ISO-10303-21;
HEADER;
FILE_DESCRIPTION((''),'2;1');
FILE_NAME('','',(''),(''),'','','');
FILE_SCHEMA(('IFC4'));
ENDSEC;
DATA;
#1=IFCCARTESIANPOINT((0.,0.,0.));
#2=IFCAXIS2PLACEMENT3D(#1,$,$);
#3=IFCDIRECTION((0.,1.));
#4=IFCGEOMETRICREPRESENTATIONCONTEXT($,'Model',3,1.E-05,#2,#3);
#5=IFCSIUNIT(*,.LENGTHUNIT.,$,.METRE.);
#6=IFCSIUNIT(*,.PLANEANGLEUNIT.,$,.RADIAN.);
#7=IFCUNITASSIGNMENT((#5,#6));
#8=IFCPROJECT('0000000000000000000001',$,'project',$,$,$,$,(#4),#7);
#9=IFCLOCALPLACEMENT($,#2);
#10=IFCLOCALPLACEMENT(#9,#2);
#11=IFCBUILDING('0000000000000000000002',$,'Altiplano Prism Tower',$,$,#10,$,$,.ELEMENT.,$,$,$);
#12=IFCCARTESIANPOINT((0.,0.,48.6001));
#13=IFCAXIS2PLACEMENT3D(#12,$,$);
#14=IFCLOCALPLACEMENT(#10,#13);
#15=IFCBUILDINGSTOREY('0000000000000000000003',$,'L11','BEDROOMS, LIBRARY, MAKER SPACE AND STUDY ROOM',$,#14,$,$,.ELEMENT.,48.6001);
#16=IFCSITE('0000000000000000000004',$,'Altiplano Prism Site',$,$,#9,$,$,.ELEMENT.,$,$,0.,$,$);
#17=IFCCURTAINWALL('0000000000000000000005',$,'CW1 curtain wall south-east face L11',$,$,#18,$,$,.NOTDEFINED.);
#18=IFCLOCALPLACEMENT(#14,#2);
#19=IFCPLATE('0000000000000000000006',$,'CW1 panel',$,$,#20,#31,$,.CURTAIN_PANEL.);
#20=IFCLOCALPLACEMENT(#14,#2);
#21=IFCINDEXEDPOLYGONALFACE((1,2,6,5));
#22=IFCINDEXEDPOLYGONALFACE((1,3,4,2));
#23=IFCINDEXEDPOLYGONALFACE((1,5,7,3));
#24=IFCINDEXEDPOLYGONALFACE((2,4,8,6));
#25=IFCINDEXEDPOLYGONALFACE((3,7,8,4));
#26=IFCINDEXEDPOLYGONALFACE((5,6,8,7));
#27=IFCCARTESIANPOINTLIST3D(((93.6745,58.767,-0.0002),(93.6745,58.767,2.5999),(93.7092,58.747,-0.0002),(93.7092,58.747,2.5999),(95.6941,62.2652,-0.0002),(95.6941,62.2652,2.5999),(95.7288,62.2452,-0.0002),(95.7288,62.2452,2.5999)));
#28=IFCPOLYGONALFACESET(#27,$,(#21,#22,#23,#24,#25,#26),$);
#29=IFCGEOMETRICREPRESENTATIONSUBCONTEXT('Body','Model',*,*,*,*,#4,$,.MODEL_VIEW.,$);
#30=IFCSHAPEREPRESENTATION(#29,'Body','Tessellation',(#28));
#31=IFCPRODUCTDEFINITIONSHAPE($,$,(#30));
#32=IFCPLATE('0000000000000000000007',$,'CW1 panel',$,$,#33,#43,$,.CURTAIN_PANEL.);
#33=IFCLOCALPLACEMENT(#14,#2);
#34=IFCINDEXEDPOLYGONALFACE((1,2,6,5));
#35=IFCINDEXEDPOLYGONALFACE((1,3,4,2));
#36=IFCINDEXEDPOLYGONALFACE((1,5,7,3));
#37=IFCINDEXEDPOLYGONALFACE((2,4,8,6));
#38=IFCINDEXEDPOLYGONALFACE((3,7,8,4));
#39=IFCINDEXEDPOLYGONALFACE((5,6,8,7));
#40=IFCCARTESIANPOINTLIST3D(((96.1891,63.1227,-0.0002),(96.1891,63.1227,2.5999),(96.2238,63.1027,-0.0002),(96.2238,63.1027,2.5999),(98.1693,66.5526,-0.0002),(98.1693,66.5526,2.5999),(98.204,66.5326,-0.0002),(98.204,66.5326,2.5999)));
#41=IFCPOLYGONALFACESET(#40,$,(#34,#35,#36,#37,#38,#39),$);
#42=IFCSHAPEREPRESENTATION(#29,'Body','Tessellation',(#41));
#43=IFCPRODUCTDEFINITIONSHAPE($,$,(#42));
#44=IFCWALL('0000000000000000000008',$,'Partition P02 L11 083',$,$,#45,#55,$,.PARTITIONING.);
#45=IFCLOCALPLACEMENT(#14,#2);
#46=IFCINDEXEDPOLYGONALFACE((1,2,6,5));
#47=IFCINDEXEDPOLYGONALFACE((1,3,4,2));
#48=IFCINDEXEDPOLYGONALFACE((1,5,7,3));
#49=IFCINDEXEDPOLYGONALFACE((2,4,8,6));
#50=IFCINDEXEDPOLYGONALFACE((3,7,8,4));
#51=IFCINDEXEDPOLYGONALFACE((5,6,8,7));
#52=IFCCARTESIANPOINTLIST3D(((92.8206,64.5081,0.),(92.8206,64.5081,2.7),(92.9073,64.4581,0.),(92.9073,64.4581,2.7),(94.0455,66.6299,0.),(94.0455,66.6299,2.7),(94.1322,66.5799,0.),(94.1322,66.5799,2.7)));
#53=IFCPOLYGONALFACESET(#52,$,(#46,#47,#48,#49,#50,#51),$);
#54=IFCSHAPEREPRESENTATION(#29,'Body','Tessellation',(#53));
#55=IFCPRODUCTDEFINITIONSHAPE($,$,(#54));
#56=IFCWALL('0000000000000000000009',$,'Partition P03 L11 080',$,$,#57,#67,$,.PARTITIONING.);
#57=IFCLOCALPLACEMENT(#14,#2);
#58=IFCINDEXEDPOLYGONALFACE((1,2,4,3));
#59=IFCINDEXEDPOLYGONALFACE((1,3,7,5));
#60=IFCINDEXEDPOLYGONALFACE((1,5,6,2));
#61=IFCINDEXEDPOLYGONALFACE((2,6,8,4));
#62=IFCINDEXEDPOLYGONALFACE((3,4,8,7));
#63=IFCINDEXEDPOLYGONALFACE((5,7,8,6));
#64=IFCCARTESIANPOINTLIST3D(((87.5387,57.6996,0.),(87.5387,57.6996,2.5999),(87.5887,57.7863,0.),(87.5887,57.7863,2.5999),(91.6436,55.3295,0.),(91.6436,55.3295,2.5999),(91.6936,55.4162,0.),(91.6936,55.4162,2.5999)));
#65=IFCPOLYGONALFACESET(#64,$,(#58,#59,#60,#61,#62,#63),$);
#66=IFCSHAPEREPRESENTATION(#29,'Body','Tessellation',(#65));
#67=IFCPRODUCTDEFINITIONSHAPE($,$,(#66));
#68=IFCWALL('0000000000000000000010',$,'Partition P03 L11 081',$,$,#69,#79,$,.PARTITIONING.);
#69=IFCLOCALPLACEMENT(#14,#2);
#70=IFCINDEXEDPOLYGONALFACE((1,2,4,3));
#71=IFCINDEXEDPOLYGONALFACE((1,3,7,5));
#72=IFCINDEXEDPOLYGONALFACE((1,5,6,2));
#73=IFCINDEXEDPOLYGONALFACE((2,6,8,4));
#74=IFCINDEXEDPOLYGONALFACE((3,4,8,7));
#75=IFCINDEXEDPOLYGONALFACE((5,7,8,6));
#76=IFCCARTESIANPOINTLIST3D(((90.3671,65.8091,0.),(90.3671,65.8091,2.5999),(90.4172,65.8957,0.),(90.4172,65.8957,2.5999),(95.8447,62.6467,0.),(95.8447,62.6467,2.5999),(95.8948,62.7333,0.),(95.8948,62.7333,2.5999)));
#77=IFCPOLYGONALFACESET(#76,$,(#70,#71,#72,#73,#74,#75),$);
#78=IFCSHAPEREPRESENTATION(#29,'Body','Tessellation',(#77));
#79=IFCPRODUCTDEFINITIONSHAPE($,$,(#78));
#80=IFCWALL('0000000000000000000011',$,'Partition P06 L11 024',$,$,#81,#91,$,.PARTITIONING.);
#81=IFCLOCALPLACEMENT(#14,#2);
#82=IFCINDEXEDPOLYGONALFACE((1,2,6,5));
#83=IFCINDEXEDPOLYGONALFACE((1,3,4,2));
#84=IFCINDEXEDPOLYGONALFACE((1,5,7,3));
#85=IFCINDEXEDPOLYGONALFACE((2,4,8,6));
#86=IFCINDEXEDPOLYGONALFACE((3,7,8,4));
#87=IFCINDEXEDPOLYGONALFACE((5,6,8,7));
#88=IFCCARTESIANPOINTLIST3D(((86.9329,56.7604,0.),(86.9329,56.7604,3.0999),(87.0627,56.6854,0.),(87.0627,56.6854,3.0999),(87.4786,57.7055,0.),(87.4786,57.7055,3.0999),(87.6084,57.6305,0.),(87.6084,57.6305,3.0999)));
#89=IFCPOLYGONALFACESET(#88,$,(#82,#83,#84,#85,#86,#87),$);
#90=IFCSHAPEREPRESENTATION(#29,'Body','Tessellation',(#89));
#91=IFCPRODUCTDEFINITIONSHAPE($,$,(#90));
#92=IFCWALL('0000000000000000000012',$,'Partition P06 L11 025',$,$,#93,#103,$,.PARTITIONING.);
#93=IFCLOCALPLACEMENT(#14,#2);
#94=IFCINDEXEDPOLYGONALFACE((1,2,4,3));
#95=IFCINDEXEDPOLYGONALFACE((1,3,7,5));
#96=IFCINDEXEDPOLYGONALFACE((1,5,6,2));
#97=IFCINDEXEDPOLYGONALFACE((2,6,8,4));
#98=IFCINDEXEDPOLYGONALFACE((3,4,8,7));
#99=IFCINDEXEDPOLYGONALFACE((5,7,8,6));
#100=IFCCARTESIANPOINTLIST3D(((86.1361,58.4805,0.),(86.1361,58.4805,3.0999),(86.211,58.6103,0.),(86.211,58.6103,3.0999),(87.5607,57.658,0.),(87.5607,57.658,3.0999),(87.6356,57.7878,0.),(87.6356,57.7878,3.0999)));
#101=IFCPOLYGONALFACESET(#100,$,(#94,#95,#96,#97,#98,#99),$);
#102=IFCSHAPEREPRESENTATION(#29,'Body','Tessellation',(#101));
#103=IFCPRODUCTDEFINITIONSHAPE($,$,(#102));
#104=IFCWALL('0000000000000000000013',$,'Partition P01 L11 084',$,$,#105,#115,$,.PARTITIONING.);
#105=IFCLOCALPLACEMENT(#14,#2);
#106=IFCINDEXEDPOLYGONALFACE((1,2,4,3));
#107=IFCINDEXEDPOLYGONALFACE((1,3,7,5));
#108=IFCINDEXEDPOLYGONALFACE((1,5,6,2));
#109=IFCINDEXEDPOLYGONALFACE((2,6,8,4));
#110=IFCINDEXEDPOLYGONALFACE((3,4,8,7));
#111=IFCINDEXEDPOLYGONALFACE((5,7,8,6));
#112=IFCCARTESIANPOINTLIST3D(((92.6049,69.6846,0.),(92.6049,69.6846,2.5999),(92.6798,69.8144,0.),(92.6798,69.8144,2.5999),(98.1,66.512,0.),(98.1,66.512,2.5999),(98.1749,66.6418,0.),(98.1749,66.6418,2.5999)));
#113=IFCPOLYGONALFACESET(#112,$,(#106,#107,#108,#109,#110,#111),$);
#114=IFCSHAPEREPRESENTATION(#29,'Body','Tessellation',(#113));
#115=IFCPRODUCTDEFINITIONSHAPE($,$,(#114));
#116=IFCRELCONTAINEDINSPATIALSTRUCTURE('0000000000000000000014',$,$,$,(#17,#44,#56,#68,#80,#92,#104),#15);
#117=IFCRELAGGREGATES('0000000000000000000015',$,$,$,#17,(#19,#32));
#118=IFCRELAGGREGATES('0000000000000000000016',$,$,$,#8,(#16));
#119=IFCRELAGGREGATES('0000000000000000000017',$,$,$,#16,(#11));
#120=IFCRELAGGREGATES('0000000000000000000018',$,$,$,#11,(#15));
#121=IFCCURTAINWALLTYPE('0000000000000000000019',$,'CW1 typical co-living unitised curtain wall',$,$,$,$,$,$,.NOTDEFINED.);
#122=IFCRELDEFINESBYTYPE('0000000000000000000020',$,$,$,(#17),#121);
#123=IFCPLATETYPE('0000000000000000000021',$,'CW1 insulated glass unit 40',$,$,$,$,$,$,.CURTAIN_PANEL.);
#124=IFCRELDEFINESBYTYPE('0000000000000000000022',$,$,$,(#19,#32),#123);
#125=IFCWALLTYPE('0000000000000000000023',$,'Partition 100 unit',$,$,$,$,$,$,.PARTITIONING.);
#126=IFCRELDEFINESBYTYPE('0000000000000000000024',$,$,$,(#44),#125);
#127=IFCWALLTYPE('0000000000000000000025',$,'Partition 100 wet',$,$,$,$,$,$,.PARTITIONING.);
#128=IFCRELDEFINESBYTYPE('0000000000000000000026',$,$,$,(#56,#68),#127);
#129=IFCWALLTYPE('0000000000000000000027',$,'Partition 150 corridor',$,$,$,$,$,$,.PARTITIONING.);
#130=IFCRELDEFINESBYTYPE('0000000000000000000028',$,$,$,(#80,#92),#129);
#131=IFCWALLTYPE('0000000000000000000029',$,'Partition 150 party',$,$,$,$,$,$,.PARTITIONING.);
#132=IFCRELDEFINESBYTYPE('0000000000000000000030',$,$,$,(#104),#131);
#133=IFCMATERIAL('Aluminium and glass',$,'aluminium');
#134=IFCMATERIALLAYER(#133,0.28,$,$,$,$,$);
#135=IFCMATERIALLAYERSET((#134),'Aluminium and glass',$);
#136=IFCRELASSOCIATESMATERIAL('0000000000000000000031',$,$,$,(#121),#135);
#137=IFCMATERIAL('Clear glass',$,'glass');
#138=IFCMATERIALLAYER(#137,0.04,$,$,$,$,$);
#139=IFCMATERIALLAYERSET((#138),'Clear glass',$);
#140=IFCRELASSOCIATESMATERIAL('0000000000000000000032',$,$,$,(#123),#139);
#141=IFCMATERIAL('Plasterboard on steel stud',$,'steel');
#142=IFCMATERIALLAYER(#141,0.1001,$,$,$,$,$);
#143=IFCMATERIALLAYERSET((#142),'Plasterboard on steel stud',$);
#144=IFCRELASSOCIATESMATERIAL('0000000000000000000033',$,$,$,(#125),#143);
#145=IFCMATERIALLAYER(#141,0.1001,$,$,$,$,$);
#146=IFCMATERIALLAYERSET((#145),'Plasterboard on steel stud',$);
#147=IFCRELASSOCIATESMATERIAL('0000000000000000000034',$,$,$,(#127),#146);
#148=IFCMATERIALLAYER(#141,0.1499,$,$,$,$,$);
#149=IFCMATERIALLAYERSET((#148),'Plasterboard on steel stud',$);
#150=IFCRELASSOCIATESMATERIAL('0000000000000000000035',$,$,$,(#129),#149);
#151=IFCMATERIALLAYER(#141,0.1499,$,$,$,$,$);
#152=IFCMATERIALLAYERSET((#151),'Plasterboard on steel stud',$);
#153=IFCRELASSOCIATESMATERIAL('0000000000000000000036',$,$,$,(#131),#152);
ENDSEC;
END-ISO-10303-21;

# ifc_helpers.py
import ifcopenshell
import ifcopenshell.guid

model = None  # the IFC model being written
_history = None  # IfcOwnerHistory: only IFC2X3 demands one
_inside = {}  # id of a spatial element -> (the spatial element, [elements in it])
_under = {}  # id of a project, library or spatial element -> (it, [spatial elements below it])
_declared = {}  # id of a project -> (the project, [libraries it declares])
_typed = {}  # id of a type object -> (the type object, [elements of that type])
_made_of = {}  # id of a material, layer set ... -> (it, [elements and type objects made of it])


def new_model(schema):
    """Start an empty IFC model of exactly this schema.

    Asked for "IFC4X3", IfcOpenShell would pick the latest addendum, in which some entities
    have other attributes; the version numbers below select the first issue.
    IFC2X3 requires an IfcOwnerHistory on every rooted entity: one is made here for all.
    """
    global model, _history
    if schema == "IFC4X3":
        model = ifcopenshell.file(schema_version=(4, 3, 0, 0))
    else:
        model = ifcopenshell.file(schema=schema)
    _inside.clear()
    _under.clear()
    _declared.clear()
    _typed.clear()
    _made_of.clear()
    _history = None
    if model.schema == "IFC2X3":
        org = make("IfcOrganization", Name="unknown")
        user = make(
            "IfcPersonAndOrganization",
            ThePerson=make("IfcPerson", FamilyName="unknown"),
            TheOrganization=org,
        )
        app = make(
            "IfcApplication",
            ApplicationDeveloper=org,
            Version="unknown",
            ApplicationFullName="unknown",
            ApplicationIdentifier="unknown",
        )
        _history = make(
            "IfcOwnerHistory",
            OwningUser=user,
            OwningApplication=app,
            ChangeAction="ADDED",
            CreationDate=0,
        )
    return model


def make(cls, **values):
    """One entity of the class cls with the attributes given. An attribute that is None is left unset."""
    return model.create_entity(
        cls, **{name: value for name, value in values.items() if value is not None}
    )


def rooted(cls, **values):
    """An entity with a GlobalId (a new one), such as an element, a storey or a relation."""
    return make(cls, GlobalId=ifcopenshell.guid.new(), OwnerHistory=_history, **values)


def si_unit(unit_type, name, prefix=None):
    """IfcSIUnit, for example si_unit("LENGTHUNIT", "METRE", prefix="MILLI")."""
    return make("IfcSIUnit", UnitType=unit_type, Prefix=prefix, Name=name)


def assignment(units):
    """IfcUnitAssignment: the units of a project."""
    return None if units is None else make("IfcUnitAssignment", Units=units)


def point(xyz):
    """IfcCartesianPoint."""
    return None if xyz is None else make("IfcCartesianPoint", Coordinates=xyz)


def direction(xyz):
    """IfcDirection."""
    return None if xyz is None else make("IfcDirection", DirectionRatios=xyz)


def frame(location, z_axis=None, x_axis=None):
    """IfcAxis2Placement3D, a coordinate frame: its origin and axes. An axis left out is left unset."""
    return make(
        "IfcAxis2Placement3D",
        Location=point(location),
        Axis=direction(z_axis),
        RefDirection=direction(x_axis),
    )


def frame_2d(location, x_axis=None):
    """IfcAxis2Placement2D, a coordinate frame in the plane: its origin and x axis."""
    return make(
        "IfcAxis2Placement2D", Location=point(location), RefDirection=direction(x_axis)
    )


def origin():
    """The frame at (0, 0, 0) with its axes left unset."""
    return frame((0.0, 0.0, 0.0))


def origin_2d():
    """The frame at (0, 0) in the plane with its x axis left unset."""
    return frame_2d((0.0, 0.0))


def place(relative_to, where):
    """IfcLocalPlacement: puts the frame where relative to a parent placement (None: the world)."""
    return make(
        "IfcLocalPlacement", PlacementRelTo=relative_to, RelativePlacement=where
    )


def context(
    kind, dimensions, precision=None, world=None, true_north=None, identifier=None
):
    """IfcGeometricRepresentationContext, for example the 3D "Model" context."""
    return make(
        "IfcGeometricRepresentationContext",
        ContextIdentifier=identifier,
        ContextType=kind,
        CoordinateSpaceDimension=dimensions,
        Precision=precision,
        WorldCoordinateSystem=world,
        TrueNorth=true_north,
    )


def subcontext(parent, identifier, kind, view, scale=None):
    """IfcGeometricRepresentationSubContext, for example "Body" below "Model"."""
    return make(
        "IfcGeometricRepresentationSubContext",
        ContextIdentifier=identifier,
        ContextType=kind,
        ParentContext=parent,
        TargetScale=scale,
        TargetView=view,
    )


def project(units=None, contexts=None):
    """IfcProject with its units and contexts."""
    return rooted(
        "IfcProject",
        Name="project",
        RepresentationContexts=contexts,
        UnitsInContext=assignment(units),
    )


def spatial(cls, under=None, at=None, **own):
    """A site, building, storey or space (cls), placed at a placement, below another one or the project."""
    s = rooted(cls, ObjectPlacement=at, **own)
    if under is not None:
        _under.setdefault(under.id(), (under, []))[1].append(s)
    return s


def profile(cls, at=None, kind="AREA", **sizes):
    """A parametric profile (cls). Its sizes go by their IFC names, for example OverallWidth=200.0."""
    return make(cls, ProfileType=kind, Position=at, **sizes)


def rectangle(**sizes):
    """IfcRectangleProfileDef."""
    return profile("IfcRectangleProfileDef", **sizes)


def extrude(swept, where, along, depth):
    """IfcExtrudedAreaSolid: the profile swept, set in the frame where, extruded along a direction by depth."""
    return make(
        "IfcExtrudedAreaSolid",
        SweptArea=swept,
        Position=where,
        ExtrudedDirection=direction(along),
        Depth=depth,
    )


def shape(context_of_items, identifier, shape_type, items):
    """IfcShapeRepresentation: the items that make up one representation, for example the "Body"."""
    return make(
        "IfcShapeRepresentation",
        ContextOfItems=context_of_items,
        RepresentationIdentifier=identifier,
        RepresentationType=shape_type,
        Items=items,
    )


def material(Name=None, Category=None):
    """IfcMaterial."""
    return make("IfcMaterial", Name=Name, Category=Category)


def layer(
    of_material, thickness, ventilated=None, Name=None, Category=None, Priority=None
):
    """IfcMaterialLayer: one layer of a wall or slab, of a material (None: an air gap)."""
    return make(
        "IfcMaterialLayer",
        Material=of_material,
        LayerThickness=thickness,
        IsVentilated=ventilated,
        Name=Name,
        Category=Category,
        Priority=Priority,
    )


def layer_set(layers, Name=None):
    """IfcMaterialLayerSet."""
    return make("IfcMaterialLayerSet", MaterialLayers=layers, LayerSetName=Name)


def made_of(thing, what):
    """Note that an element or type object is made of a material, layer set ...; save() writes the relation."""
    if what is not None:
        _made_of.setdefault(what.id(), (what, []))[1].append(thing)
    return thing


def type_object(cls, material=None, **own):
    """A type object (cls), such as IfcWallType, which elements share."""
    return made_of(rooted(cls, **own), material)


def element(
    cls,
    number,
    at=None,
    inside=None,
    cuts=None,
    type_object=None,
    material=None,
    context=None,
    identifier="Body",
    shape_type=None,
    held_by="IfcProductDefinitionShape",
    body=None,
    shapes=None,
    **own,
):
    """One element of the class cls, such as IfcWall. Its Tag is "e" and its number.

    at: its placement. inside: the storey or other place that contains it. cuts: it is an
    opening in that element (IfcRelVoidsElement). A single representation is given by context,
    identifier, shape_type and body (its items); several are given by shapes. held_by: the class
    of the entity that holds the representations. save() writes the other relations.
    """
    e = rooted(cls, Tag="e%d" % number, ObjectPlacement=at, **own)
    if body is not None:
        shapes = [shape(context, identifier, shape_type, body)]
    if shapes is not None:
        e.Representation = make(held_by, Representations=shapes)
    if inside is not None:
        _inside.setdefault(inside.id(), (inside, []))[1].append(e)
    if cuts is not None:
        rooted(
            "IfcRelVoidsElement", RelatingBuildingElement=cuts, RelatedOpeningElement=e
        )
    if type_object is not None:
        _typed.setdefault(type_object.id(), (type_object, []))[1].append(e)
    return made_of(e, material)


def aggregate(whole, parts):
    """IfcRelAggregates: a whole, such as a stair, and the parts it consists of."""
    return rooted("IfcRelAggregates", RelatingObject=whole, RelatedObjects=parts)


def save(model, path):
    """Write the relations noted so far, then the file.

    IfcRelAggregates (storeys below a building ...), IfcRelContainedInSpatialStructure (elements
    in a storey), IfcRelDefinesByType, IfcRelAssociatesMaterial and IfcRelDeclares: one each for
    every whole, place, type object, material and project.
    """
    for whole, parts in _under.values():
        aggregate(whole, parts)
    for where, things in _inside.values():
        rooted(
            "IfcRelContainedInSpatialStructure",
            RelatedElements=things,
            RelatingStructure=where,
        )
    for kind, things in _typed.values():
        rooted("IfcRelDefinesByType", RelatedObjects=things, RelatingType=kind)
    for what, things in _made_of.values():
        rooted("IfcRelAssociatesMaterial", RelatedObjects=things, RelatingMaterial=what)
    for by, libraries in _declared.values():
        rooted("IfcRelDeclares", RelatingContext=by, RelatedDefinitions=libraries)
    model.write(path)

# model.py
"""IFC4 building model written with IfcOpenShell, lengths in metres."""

from ifc_helpers import new_model, si_unit, direction, frame, frame_2d, origin, origin_2d, place, context, subcontext, project, spatial, rectangle, extrude, material, layer, layer_set, type_object, element, aggregate, save


model = new_model("IFC4")

# Units and contexts
model_context = context("Model", 3, precision=1e-05, world=origin(), true_north=direction((0.0, 1.0)))
body_context = subcontext(model_context, "Body", "Model", "MODEL_VIEW")
ifc_project = project(units=[si_unit("LENGTHUNIT", "METRE"), si_unit("PLANEANGLEUNIT", "RADIAN")], contexts=[model_context])

# Site, building, storey
site_placement = place(None, origin())
site = spatial("IfcSite", under=ifc_project, at=site_placement, Name="Altiplano Prism Site", CompositionType="ELEMENT", RefElevation=0.0)
building_placement = place(site_placement, origin())
building = spatial("IfcBuilding", under=site, at=building_placement, Name="Altiplano Prism Tower", CompositionType="ELEMENT")
storey_placement = place(building_placement, frame((0.0, 0.0, 48.6001)))
storey = spatial("IfcBuildingStorey", under=building, at=storey_placement, Name="L11", Description="BEDROOMS, LIBRARY, MAKER SPACE AND STUDY ROOM", CompositionType="ELEMENT", Elevation=48.6001)

# Curtain wall
ifc_material_1 = material(Name="Aluminium and glass", Category="aluminium")
ifc_layer_1 = layer(ifc_material_1, 0.28)
ifc_layer_set_1 = layer_set([ifc_layer_1], Name="Aluminium and glass")
curtain_wall_type = type_object("IfcCurtainWallType", Name="CW1 typical co-living unitised curtain wall", PredefinedType="NOTDEFINED", material=ifc_layer_set_1)
curtain_wall_1_placement = place(storey_placement, origin())
curtain_wall_1 = element("IfcCurtainWall", 1, at=curtain_wall_1_placement, inside=storey, type_object=curtain_wall_type, Name="CW1 curtain wall south-east face L11", PredefinedType="NOTDEFINED")

# Plates
ifc_material_2 = material(Name="Clear glass", Category="glass")
ifc_layer_2 = layer(ifc_material_2, 0.04)
ifc_layer_set_2 = layer_set([ifc_layer_2], Name="Clear glass")
plate_type = type_object("IfcPlateType", Name="CW1 insulated glass unit 40", PredefinedType="CURTAIN_PANEL", material=ifc_layer_set_2)
plate_1_placement = place(storey_placement, frame((94.7017, 60.5061, -0.0002), z_axis=(0.0, 0.0, 1.0), x_axis=(0.5, 0.866025, 0.0)))
plate_1 = element("IfcPlate", 2, at=plate_1_placement, type_object=plate_type, Name="CW1 panel", PredefinedType="CURTAIN_PANEL", context=body_context, shape_type="SweptSolid", body=[
    extrude(rectangle(XDim=4.0393, YDim=0.04, at=origin_2d()), origin(), (0.0, 0.0, 1.0), 2.6001),
])
plate_2_placement = place(storey_placement, frame((97.1965, 64.8276, -0.0002), z_axis=(0.0, 0.0, 1.0), x_axis=(0.5, 0.866025, 0.0)))
plate_2 = element("IfcPlate", 3, at=plate_2_placement, type_object=plate_type, Name="CW1 panel", PredefinedType="CURTAIN_PANEL", context=body_context, shape_type="SweptSolid", body=[
    extrude(rectangle(XDim=3.9604, YDim=0.04, at=origin_2d()), origin(), (0.0, 0.0, 1.0), 2.6001),
])
aggregate(curtain_wall_1, [plate_1, plate_2])

# Walls
ifc_material_3 = material(Name="Plasterboard on steel stud", Category="steel")
ifc_layer_3 = layer(ifc_material_3, 0.1001)
ifc_layer_set_3 = layer_set([ifc_layer_3], Name="Plasterboard on steel stud")
wall_type_1 = type_object("IfcWallType", Name="Partition 100 unit", PredefinedType="PARTITIONING", material=ifc_layer_set_3)
wall_1_placement = place(storey_placement, frame((94.0889, 66.605, 0.0), z_axis=(0.0, 0.0, 1.0), x_axis=(-0.499944, -0.866058, 0.0)))
element("IfcWall", 4, at=wall_1_placement, inside=storey, type_object=wall_type_1, Name="Partition P02 L11 083", PredefinedType="PARTITIONING", context=body_context, shape_type="SweptSolid", body=[
    extrude(rectangle(XDim=2.45, YDim=0.1001, at=frame_2d((1.2251, 0.0))), origin(), (0.0, 0.0, 1.0), 2.7),
])
ifc_layer_4 = layer(ifc_material_3, 0.1001)
ifc_layer_set_4 = layer_set([ifc_layer_4], Name="Plasterboard on steel stud")
wall_type_2 = type_object("IfcWallType", Name="Partition 100 wet", PredefinedType="PARTITIONING", material=ifc_layer_set_4)
wall_2_placement = place(storey_placement, frame((91.6687, 55.3728, 0.0), z_axis=(0.0, 0.0, 1.0), x_axis=(-0.866016, 0.500017, 0.0)))
element("IfcWall", 5, at=wall_2_placement, inside=storey, type_object=wall_type_2, Name="Partition P03 L11 080", PredefinedType="PARTITIONING", context=body_context, shape_type="SweptSolid", body=[
    extrude(rectangle(XDim=4.74, YDim=0.1001, at=frame_2d((2.3701, 0.0))), origin(), (0.0, 0.0, 1.0), 2.5999),
])
wall_3_placement = place(storey_placement, frame((95.8699, 62.6899, 0.0), z_axis=(0.0, 0.0, 1.0), x_axis=(-0.866033, 0.499988, 0.0)))
element("IfcWall", 6, at=wall_3_placement, inside=storey, type_object=wall_type_2, Name="Partition P03 L11 081", PredefinedType="PARTITIONING", context=body_context, shape_type="SweptSolid", body=[
    extrude(rectangle(XDim=6.325, YDim=0.1001, at=frame_2d((3.1626, 0.0))), origin(), (0.0, 0.0, 1.0), 2.5999),
])
ifc_layer_5 = layer(ifc_material_3, 0.1499)
ifc_layer_set_5 = layer_set([ifc_layer_5], Name="Plasterboard on steel stud")
wall_type_3 = type_object("IfcWallType", Name="Partition 150 corridor", PredefinedType="PARTITIONING", material=ifc_layer_set_5)
wall_4_placement = place(storey_placement, frame((86.9978, 56.7229, 0.0), z_axis=(0.0, 0.0, 1.0), x_axis=(0.500013, 0.866018, 0.0)))
element("IfcWall", 7, at=wall_4_placement, inside=storey, type_object=wall_type_3, Name="Partition P06 L11 024", PredefinedType="PARTITIONING", context=body_context, shape_type="SweptSolid", body=[
    extrude(rectangle(XDim=1.0913, YDim=0.1499, at=frame_2d((0.5457, 0.0))), origin(), (0.0, 0.0, 1.0), 3.0999),
])
wall_5_placement = place(storey_placement, frame((87.5981, 57.7229, 0.0), z_axis=(0.0, 0.0, 1.0), x_axis=(-0.866015, 0.500018, 0.0)))
element("IfcWall", 8, at=wall_5_placement, inside=storey, type_object=wall_type_3, Name="Partition P06 L11 025", PredefinedType="PARTITIONING", context=body_context, shape_type="SweptSolid", body=[
    extrude(rectangle(XDim=1.645, YDim=0.1499, at=frame_2d((0.8225, 0.0))), origin(), (0.0, 0.0, 1.0), 3.0999),
])
ifc_layer_6 = layer(ifc_material_3, 0.1499)
ifc_layer_set_6 = layer_set([ifc_layer_6], Name="Plasterboard on steel stud")
wall_type_4 = type_object("IfcWallType", Name="Partition 150 party", PredefinedType="PARTITIONING", material=ifc_layer_set_6)
wall_6_placement = place(storey_placement, frame((98.1375, 66.5769, 0.0), z_axis=(0.0, 0.0, 1.0), x_axis=(-0.866025, 0.5, 0.0)))
element("IfcWall", 9, at=wall_6_placement, inside=storey, type_object=wall_type_4, Name="Partition P01 L11 084", PredefinedType="PARTITIONING", context=body_context, shape_type="SweptSolid", body=[
    extrude(rectangle(XDim=6.3452, YDim=0.1499, at=frame_2d((3.1726, 0.0))), origin(), (0.0, 0.0, 1.0), 2.5999),
])

save(model, "model.ifc")
